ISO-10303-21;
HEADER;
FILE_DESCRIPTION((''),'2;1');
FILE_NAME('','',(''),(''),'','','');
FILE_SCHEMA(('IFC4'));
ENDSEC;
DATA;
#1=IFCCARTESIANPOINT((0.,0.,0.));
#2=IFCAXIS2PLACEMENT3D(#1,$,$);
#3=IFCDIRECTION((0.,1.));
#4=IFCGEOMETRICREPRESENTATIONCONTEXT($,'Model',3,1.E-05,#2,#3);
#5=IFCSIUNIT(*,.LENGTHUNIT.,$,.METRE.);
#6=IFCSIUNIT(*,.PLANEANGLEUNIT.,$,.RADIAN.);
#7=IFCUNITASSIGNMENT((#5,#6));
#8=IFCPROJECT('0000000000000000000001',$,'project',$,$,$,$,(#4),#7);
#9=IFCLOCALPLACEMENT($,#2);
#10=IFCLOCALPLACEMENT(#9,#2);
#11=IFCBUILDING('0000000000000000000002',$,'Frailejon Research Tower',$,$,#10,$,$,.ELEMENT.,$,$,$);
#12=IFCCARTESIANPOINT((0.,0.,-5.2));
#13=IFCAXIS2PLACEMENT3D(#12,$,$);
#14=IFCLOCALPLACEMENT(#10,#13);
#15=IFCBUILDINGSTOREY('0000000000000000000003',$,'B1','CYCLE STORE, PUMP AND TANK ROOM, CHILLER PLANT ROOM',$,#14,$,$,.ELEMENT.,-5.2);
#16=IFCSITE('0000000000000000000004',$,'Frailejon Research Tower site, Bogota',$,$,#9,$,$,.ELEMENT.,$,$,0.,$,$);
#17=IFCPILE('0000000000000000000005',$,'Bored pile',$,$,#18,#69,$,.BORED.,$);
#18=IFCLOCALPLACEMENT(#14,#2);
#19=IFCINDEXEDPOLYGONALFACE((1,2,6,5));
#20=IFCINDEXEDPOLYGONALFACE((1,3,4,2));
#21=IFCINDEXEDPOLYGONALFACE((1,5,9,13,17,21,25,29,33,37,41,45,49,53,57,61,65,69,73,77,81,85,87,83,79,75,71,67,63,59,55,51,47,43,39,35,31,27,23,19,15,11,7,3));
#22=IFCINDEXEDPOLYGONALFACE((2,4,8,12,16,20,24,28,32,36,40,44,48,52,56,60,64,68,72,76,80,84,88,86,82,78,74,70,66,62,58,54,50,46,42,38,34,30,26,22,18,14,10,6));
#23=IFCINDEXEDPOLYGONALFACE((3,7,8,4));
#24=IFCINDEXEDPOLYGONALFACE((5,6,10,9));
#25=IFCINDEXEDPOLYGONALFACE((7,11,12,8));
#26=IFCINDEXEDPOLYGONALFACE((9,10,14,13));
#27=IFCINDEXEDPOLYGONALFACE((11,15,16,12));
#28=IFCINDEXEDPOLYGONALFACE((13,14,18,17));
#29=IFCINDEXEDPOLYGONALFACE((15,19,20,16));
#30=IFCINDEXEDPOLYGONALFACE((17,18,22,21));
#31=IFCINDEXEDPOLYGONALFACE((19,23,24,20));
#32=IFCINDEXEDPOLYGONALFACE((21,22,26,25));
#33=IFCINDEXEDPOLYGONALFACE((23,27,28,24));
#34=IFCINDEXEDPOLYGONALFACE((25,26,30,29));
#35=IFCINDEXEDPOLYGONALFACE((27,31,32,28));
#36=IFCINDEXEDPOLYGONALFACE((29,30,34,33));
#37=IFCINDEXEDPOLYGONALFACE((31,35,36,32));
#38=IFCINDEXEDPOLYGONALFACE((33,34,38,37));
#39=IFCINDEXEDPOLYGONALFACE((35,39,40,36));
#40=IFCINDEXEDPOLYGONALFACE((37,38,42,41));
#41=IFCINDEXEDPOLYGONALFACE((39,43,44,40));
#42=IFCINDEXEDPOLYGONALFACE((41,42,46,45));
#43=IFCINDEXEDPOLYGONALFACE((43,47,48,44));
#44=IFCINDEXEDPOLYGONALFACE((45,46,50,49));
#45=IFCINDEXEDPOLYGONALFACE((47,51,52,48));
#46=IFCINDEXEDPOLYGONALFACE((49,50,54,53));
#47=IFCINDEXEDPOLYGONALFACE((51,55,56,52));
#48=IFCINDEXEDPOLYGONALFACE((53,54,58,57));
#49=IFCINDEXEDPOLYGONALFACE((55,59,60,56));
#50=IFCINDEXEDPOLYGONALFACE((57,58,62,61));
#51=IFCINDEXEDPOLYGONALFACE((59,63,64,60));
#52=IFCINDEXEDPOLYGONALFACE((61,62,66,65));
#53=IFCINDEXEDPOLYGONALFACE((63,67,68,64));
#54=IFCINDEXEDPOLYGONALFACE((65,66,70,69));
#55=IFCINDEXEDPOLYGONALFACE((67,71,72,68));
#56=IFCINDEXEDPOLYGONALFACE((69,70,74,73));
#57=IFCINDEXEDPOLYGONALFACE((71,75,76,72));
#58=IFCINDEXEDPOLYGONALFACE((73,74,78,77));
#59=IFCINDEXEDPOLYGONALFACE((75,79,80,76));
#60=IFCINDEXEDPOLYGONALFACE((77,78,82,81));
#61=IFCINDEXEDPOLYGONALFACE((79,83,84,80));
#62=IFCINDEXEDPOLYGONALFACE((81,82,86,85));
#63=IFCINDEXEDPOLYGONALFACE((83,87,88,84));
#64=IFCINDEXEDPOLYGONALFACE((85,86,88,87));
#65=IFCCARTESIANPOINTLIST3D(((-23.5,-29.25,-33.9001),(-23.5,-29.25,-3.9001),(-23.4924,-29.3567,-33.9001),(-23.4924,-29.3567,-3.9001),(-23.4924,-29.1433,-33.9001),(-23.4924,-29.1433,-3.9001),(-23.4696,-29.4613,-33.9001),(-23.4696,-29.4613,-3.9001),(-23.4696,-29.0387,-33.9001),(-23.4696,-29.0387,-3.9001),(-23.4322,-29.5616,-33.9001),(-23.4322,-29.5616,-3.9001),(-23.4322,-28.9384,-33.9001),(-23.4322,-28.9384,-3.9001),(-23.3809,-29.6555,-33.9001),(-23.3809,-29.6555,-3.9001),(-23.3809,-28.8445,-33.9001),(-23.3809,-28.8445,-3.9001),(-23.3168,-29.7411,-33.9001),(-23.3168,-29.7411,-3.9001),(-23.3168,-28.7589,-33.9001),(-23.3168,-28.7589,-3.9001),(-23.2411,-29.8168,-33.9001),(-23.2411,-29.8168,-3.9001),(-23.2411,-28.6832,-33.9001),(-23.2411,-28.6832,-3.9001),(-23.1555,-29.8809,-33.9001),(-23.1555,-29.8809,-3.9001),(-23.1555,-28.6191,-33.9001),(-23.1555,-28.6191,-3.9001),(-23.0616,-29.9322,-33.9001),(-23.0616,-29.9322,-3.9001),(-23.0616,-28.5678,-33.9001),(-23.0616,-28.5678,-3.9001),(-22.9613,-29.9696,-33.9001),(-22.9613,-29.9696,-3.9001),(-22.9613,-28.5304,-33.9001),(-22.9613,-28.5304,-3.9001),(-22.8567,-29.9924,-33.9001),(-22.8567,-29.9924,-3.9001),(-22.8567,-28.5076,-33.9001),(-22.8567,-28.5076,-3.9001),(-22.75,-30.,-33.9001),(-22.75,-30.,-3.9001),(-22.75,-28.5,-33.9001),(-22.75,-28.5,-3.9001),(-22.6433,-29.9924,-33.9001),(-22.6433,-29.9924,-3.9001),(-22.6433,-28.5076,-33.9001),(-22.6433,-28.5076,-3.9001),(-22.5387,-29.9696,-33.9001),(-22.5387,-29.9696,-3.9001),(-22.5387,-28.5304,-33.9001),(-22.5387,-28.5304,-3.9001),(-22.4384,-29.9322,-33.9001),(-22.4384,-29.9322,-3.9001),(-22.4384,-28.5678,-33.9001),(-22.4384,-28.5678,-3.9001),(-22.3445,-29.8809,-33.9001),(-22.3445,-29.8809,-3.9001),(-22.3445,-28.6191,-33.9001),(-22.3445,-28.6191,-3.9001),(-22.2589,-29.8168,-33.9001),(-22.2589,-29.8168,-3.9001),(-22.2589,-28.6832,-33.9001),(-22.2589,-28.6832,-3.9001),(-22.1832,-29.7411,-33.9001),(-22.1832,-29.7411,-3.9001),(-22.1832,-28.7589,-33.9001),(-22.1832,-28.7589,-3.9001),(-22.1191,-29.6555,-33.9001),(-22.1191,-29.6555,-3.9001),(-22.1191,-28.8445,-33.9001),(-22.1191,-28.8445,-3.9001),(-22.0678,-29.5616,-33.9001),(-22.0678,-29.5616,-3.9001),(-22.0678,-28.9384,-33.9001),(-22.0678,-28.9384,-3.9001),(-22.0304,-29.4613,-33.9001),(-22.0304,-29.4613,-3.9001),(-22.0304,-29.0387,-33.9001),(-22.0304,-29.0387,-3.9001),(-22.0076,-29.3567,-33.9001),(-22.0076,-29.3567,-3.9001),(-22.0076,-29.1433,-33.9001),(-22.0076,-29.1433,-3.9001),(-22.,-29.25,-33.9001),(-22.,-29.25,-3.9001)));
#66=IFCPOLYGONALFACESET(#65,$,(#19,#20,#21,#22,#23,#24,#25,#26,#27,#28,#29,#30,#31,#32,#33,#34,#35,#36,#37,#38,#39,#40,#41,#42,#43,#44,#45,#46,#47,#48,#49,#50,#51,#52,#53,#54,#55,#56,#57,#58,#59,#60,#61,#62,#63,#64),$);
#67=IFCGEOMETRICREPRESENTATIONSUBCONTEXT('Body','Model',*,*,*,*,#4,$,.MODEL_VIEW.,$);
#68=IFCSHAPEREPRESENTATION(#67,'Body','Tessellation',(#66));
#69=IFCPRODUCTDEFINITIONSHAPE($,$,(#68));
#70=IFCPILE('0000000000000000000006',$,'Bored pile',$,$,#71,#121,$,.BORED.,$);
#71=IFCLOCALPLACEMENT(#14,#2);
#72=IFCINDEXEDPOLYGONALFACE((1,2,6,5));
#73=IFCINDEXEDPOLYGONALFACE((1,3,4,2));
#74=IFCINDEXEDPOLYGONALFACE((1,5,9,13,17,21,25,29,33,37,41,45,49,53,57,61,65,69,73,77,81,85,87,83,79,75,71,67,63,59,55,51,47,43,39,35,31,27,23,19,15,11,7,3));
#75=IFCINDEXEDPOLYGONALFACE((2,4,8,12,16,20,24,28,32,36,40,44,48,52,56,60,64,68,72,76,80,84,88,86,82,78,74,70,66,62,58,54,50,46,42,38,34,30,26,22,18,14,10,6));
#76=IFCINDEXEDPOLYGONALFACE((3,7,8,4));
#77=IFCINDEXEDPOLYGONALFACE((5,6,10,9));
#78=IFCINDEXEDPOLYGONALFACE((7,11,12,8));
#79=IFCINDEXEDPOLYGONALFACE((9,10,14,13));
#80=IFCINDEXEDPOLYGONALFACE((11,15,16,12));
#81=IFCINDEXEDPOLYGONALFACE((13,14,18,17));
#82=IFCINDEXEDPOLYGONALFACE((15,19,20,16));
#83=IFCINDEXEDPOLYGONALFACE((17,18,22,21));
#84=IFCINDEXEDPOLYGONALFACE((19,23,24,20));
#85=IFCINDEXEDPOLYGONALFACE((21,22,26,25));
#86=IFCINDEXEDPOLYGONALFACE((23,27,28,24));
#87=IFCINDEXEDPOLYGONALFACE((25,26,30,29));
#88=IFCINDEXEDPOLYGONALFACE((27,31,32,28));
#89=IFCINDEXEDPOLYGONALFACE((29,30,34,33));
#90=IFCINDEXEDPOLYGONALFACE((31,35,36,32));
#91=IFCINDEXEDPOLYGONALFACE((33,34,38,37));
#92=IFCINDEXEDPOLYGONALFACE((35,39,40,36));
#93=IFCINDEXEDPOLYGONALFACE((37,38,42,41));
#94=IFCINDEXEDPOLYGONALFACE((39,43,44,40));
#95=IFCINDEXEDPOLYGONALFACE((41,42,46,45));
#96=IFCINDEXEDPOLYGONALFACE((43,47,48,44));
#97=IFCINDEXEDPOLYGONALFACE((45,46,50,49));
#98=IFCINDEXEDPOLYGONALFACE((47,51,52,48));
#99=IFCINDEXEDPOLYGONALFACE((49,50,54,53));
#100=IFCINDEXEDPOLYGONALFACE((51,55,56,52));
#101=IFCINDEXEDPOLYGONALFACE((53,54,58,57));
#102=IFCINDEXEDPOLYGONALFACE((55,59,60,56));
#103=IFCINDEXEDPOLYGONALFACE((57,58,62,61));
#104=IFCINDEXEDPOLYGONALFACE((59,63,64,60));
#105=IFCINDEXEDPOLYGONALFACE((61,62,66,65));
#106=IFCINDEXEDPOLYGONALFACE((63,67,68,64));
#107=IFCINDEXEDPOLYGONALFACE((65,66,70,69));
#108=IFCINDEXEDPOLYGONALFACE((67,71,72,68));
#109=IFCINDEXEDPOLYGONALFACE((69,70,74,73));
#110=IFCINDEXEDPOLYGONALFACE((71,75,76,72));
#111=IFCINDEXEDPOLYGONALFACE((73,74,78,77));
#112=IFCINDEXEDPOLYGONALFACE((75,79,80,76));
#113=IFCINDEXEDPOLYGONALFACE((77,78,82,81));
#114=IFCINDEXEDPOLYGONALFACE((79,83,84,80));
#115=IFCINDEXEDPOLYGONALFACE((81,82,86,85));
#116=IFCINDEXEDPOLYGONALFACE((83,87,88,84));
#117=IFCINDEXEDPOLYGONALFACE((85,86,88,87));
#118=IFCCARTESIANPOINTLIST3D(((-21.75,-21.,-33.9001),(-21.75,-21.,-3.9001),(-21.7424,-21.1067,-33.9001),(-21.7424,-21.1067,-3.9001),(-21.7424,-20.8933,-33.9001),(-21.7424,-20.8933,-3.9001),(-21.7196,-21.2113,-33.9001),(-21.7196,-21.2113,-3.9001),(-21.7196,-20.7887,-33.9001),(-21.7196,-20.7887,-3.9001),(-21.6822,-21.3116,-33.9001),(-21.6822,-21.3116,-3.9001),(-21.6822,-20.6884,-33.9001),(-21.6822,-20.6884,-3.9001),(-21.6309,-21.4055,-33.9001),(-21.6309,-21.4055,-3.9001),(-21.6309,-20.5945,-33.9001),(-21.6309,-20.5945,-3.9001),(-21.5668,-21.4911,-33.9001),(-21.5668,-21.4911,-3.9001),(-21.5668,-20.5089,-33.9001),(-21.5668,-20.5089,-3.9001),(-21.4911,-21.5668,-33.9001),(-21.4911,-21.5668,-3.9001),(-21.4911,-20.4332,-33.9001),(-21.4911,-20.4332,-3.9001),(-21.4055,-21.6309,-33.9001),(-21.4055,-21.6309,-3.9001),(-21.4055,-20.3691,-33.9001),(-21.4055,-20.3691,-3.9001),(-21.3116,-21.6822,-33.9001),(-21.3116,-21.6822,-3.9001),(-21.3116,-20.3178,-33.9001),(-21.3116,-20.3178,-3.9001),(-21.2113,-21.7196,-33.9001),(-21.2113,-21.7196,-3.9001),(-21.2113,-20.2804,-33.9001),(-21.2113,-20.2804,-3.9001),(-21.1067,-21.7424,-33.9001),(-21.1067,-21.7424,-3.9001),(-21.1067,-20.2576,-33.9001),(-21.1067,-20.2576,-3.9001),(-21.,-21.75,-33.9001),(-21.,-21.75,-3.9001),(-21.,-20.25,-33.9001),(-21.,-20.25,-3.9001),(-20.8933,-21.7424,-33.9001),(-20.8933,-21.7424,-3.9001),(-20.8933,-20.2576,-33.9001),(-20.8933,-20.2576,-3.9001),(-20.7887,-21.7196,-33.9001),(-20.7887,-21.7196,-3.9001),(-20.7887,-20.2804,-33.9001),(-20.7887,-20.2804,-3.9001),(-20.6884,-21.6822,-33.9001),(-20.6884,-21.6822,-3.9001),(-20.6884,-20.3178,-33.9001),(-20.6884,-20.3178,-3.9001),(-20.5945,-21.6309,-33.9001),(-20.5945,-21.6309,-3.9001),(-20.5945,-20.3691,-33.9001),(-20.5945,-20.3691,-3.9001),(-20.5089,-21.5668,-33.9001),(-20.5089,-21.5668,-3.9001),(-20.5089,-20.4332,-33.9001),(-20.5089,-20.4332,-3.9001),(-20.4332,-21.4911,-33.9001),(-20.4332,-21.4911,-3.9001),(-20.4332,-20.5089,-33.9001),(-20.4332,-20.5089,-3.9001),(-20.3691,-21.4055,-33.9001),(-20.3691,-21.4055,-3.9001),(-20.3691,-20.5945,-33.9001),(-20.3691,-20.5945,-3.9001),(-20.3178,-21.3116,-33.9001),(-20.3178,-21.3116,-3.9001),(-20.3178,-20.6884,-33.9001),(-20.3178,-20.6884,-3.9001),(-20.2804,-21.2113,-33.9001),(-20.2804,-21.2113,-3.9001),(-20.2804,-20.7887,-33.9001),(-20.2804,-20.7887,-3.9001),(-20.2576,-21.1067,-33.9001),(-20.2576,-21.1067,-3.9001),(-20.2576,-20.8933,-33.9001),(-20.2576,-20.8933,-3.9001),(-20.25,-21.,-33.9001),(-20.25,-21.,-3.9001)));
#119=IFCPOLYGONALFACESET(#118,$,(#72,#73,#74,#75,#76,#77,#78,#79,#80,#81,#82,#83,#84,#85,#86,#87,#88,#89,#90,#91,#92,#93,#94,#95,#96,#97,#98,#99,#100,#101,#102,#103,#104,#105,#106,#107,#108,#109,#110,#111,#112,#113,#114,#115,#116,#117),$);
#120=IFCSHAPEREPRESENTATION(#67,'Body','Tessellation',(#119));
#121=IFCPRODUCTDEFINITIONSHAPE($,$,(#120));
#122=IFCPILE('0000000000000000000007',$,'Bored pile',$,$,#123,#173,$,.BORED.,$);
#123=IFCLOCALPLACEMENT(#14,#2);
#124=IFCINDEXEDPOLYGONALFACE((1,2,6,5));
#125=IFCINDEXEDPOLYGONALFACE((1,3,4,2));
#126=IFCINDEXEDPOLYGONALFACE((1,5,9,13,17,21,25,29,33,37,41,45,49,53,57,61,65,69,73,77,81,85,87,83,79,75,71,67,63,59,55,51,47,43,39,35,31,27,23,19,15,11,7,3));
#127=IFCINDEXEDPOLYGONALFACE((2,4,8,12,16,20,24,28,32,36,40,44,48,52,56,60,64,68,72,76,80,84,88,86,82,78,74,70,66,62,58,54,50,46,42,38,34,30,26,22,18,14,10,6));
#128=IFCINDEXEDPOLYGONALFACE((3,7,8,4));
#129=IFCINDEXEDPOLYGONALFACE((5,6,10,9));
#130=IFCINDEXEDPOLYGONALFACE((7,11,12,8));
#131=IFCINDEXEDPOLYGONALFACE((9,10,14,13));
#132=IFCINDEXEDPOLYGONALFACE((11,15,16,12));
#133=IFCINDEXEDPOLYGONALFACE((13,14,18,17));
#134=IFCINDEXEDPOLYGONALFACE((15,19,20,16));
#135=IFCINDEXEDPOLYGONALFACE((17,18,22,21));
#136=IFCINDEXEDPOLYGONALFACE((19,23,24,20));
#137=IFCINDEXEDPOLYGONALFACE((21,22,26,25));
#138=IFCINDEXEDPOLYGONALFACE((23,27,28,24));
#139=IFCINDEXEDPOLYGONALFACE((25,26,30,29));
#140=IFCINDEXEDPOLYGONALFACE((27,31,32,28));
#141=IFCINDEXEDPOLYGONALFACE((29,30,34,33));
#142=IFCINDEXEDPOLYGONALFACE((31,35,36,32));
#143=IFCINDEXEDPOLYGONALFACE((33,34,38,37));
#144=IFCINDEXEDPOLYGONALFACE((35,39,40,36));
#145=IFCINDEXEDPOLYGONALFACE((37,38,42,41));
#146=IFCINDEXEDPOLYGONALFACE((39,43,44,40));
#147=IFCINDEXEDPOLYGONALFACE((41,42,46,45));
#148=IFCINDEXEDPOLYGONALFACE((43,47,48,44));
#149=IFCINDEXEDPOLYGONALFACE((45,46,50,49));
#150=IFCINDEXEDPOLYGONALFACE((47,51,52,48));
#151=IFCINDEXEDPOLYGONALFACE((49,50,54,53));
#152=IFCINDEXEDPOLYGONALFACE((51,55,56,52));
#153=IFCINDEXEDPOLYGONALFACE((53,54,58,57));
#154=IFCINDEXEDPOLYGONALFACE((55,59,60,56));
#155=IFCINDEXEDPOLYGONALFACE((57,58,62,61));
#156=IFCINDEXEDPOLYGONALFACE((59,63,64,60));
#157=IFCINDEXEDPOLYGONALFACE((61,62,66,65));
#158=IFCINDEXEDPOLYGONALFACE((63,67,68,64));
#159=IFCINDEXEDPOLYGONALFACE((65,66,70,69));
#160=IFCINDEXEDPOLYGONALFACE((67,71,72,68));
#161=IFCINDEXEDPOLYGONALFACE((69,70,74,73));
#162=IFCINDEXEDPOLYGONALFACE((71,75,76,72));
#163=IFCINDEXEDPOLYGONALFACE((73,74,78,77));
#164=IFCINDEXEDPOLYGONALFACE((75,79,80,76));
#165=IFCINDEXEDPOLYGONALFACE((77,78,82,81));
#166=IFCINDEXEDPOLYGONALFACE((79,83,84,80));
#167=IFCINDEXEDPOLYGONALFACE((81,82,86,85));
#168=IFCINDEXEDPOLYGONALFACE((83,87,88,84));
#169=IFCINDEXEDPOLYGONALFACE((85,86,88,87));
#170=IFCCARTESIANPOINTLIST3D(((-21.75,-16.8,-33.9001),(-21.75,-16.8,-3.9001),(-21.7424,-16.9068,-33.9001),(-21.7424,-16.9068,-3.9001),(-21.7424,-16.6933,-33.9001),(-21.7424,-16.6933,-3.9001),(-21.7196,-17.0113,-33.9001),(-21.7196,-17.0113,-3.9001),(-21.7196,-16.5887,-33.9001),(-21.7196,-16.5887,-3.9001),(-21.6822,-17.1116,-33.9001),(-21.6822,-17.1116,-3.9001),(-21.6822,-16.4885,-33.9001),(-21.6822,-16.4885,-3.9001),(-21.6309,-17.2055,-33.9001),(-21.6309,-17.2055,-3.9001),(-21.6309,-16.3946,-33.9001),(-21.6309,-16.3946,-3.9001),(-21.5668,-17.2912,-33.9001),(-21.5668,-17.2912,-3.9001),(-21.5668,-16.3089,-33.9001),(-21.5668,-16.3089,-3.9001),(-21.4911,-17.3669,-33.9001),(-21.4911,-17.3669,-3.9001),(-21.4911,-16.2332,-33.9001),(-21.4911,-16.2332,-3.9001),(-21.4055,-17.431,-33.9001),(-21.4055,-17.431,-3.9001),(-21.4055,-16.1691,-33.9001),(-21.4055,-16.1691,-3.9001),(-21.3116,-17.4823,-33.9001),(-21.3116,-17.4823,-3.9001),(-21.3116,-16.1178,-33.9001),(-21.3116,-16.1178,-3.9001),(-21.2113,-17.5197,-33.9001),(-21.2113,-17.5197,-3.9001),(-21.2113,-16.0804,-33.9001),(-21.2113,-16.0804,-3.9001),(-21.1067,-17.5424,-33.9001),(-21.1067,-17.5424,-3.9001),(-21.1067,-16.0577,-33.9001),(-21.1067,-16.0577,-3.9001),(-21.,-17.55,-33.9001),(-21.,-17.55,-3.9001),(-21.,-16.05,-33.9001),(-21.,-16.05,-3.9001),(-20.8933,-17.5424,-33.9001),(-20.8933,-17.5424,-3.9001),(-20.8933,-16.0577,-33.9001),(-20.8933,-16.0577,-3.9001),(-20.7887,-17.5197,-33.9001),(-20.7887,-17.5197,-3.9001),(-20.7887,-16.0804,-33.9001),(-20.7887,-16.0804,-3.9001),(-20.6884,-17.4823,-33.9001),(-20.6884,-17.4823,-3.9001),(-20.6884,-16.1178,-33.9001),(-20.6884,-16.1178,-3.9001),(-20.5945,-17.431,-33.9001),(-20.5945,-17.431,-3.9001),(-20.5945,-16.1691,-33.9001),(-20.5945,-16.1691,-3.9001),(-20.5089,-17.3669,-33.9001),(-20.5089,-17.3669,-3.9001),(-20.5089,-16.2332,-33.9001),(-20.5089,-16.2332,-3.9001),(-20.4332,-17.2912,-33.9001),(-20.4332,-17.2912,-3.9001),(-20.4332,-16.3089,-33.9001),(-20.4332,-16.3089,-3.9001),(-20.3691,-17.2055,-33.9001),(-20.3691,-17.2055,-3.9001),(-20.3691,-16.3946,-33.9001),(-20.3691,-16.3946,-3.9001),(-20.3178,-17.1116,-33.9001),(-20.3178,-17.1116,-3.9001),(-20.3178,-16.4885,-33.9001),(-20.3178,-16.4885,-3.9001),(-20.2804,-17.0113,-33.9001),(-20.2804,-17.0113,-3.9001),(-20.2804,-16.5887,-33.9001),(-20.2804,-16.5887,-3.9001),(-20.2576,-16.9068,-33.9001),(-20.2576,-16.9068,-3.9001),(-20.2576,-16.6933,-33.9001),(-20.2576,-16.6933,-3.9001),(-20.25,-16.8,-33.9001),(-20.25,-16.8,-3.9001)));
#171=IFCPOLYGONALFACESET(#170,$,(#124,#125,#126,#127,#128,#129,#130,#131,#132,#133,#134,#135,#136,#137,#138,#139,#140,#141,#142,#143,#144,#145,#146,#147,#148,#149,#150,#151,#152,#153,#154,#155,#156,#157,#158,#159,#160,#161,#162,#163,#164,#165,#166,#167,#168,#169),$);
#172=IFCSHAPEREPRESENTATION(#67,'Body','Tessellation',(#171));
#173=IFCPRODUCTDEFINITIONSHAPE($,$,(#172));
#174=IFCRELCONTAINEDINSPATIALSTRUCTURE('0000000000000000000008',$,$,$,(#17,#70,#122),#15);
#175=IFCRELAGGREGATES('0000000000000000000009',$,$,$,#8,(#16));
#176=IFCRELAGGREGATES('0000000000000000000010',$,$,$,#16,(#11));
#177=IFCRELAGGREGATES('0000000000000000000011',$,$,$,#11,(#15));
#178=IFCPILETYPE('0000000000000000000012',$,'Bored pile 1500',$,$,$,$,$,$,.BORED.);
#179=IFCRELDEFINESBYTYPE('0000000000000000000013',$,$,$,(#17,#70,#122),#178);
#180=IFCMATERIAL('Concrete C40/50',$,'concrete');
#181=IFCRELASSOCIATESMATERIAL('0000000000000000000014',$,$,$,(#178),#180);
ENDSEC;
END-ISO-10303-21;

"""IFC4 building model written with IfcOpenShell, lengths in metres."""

from ifc_helpers import new_model, si_unit, direction, frame, origin, origin_2d, place, context, subcontext, project, spatial, circle, extrude, material, material_profile, profile_set, type_object, element, save


model = new_model("IFC4")

# Units and contexts
model_context = context("Model", 3, precision=1e-05, world=origin(), true_north=direction((0.0, 1.0)))
body_context = subcontext(model_context, "Body", "Model", "MODEL_VIEW")
ifc_project = project(units=[si_unit("LENGTHUNIT", "METRE"), si_unit("PLANEANGLEUNIT", "RADIAN")], contexts=[model_context])

# Site, building, storey
site_placement = place(None, origin())
site = spatial("IfcSite", under=ifc_project, at=site_placement, Name="Frailejon Research Tower site, Bogota", CompositionType="ELEMENT", RefElevation=0.0)
building_placement = place(site_placement, origin())
building = spatial("IfcBuilding", under=site, at=building_placement, Name="Frailejon Research Tower", CompositionType="ELEMENT")
storey_placement = place(building_placement, frame((0.0, 0.0, -5.2)))
storey = spatial("IfcBuildingStorey", under=building, at=storey_placement, Name="B1", Description="CYCLE STORE, PUMP AND TANK ROOM, CHILLER PLANT ROOM", CompositionType="ELEMENT", Elevation=-5.2)

# Piles
ifc_material_1 = material(Name="Concrete C40/50", Category="concrete")
ifc_material_profile_1 = material_profile(ifc_material_1, circle(Radius=0.75, at=origin_2d()), Name="Bored pile 1500")
ifc_profile_set_1 = profile_set([ifc_material_profile_1], Name="Concrete C40/50")
pile_type = type_object("IfcPileType", Name="Bored pile 1500", PredefinedType="BORED", material=ifc_profile_set_1)
for number, where, z_axis, x_axis, name in (
    (1, (-22.75, -29.25, -3.9001), (0.0, 0.0, -1.0), (1.0, 0.0, 0.0), "Bored pile"),
    (2, (-21.0, -21.0, -3.9001), (0.0, 0.0, -1.0), (1.0, 0.0, 0.0), "Bored pile"),
    (3, (-21.0, -16.8, -3.9001), (0.0, 0.0, -1.0), (1.0, 0.0, 0.0), "Bored pile"),
):
    element("IfcPile", number, at=place(storey_placement, frame(where, z_axis=z_axis, x_axis=x_axis)), inside=storey, type_object=pile_type, Name=name, PredefinedType="BORED", context=body_context, shape_type="SweptSolid", body=[
        extrude(circle(Radius=0.75, at=origin_2d()), origin(), (0.0, 0.0, 1.0), 30.0),
    ])

save(model, "model.ifc")
